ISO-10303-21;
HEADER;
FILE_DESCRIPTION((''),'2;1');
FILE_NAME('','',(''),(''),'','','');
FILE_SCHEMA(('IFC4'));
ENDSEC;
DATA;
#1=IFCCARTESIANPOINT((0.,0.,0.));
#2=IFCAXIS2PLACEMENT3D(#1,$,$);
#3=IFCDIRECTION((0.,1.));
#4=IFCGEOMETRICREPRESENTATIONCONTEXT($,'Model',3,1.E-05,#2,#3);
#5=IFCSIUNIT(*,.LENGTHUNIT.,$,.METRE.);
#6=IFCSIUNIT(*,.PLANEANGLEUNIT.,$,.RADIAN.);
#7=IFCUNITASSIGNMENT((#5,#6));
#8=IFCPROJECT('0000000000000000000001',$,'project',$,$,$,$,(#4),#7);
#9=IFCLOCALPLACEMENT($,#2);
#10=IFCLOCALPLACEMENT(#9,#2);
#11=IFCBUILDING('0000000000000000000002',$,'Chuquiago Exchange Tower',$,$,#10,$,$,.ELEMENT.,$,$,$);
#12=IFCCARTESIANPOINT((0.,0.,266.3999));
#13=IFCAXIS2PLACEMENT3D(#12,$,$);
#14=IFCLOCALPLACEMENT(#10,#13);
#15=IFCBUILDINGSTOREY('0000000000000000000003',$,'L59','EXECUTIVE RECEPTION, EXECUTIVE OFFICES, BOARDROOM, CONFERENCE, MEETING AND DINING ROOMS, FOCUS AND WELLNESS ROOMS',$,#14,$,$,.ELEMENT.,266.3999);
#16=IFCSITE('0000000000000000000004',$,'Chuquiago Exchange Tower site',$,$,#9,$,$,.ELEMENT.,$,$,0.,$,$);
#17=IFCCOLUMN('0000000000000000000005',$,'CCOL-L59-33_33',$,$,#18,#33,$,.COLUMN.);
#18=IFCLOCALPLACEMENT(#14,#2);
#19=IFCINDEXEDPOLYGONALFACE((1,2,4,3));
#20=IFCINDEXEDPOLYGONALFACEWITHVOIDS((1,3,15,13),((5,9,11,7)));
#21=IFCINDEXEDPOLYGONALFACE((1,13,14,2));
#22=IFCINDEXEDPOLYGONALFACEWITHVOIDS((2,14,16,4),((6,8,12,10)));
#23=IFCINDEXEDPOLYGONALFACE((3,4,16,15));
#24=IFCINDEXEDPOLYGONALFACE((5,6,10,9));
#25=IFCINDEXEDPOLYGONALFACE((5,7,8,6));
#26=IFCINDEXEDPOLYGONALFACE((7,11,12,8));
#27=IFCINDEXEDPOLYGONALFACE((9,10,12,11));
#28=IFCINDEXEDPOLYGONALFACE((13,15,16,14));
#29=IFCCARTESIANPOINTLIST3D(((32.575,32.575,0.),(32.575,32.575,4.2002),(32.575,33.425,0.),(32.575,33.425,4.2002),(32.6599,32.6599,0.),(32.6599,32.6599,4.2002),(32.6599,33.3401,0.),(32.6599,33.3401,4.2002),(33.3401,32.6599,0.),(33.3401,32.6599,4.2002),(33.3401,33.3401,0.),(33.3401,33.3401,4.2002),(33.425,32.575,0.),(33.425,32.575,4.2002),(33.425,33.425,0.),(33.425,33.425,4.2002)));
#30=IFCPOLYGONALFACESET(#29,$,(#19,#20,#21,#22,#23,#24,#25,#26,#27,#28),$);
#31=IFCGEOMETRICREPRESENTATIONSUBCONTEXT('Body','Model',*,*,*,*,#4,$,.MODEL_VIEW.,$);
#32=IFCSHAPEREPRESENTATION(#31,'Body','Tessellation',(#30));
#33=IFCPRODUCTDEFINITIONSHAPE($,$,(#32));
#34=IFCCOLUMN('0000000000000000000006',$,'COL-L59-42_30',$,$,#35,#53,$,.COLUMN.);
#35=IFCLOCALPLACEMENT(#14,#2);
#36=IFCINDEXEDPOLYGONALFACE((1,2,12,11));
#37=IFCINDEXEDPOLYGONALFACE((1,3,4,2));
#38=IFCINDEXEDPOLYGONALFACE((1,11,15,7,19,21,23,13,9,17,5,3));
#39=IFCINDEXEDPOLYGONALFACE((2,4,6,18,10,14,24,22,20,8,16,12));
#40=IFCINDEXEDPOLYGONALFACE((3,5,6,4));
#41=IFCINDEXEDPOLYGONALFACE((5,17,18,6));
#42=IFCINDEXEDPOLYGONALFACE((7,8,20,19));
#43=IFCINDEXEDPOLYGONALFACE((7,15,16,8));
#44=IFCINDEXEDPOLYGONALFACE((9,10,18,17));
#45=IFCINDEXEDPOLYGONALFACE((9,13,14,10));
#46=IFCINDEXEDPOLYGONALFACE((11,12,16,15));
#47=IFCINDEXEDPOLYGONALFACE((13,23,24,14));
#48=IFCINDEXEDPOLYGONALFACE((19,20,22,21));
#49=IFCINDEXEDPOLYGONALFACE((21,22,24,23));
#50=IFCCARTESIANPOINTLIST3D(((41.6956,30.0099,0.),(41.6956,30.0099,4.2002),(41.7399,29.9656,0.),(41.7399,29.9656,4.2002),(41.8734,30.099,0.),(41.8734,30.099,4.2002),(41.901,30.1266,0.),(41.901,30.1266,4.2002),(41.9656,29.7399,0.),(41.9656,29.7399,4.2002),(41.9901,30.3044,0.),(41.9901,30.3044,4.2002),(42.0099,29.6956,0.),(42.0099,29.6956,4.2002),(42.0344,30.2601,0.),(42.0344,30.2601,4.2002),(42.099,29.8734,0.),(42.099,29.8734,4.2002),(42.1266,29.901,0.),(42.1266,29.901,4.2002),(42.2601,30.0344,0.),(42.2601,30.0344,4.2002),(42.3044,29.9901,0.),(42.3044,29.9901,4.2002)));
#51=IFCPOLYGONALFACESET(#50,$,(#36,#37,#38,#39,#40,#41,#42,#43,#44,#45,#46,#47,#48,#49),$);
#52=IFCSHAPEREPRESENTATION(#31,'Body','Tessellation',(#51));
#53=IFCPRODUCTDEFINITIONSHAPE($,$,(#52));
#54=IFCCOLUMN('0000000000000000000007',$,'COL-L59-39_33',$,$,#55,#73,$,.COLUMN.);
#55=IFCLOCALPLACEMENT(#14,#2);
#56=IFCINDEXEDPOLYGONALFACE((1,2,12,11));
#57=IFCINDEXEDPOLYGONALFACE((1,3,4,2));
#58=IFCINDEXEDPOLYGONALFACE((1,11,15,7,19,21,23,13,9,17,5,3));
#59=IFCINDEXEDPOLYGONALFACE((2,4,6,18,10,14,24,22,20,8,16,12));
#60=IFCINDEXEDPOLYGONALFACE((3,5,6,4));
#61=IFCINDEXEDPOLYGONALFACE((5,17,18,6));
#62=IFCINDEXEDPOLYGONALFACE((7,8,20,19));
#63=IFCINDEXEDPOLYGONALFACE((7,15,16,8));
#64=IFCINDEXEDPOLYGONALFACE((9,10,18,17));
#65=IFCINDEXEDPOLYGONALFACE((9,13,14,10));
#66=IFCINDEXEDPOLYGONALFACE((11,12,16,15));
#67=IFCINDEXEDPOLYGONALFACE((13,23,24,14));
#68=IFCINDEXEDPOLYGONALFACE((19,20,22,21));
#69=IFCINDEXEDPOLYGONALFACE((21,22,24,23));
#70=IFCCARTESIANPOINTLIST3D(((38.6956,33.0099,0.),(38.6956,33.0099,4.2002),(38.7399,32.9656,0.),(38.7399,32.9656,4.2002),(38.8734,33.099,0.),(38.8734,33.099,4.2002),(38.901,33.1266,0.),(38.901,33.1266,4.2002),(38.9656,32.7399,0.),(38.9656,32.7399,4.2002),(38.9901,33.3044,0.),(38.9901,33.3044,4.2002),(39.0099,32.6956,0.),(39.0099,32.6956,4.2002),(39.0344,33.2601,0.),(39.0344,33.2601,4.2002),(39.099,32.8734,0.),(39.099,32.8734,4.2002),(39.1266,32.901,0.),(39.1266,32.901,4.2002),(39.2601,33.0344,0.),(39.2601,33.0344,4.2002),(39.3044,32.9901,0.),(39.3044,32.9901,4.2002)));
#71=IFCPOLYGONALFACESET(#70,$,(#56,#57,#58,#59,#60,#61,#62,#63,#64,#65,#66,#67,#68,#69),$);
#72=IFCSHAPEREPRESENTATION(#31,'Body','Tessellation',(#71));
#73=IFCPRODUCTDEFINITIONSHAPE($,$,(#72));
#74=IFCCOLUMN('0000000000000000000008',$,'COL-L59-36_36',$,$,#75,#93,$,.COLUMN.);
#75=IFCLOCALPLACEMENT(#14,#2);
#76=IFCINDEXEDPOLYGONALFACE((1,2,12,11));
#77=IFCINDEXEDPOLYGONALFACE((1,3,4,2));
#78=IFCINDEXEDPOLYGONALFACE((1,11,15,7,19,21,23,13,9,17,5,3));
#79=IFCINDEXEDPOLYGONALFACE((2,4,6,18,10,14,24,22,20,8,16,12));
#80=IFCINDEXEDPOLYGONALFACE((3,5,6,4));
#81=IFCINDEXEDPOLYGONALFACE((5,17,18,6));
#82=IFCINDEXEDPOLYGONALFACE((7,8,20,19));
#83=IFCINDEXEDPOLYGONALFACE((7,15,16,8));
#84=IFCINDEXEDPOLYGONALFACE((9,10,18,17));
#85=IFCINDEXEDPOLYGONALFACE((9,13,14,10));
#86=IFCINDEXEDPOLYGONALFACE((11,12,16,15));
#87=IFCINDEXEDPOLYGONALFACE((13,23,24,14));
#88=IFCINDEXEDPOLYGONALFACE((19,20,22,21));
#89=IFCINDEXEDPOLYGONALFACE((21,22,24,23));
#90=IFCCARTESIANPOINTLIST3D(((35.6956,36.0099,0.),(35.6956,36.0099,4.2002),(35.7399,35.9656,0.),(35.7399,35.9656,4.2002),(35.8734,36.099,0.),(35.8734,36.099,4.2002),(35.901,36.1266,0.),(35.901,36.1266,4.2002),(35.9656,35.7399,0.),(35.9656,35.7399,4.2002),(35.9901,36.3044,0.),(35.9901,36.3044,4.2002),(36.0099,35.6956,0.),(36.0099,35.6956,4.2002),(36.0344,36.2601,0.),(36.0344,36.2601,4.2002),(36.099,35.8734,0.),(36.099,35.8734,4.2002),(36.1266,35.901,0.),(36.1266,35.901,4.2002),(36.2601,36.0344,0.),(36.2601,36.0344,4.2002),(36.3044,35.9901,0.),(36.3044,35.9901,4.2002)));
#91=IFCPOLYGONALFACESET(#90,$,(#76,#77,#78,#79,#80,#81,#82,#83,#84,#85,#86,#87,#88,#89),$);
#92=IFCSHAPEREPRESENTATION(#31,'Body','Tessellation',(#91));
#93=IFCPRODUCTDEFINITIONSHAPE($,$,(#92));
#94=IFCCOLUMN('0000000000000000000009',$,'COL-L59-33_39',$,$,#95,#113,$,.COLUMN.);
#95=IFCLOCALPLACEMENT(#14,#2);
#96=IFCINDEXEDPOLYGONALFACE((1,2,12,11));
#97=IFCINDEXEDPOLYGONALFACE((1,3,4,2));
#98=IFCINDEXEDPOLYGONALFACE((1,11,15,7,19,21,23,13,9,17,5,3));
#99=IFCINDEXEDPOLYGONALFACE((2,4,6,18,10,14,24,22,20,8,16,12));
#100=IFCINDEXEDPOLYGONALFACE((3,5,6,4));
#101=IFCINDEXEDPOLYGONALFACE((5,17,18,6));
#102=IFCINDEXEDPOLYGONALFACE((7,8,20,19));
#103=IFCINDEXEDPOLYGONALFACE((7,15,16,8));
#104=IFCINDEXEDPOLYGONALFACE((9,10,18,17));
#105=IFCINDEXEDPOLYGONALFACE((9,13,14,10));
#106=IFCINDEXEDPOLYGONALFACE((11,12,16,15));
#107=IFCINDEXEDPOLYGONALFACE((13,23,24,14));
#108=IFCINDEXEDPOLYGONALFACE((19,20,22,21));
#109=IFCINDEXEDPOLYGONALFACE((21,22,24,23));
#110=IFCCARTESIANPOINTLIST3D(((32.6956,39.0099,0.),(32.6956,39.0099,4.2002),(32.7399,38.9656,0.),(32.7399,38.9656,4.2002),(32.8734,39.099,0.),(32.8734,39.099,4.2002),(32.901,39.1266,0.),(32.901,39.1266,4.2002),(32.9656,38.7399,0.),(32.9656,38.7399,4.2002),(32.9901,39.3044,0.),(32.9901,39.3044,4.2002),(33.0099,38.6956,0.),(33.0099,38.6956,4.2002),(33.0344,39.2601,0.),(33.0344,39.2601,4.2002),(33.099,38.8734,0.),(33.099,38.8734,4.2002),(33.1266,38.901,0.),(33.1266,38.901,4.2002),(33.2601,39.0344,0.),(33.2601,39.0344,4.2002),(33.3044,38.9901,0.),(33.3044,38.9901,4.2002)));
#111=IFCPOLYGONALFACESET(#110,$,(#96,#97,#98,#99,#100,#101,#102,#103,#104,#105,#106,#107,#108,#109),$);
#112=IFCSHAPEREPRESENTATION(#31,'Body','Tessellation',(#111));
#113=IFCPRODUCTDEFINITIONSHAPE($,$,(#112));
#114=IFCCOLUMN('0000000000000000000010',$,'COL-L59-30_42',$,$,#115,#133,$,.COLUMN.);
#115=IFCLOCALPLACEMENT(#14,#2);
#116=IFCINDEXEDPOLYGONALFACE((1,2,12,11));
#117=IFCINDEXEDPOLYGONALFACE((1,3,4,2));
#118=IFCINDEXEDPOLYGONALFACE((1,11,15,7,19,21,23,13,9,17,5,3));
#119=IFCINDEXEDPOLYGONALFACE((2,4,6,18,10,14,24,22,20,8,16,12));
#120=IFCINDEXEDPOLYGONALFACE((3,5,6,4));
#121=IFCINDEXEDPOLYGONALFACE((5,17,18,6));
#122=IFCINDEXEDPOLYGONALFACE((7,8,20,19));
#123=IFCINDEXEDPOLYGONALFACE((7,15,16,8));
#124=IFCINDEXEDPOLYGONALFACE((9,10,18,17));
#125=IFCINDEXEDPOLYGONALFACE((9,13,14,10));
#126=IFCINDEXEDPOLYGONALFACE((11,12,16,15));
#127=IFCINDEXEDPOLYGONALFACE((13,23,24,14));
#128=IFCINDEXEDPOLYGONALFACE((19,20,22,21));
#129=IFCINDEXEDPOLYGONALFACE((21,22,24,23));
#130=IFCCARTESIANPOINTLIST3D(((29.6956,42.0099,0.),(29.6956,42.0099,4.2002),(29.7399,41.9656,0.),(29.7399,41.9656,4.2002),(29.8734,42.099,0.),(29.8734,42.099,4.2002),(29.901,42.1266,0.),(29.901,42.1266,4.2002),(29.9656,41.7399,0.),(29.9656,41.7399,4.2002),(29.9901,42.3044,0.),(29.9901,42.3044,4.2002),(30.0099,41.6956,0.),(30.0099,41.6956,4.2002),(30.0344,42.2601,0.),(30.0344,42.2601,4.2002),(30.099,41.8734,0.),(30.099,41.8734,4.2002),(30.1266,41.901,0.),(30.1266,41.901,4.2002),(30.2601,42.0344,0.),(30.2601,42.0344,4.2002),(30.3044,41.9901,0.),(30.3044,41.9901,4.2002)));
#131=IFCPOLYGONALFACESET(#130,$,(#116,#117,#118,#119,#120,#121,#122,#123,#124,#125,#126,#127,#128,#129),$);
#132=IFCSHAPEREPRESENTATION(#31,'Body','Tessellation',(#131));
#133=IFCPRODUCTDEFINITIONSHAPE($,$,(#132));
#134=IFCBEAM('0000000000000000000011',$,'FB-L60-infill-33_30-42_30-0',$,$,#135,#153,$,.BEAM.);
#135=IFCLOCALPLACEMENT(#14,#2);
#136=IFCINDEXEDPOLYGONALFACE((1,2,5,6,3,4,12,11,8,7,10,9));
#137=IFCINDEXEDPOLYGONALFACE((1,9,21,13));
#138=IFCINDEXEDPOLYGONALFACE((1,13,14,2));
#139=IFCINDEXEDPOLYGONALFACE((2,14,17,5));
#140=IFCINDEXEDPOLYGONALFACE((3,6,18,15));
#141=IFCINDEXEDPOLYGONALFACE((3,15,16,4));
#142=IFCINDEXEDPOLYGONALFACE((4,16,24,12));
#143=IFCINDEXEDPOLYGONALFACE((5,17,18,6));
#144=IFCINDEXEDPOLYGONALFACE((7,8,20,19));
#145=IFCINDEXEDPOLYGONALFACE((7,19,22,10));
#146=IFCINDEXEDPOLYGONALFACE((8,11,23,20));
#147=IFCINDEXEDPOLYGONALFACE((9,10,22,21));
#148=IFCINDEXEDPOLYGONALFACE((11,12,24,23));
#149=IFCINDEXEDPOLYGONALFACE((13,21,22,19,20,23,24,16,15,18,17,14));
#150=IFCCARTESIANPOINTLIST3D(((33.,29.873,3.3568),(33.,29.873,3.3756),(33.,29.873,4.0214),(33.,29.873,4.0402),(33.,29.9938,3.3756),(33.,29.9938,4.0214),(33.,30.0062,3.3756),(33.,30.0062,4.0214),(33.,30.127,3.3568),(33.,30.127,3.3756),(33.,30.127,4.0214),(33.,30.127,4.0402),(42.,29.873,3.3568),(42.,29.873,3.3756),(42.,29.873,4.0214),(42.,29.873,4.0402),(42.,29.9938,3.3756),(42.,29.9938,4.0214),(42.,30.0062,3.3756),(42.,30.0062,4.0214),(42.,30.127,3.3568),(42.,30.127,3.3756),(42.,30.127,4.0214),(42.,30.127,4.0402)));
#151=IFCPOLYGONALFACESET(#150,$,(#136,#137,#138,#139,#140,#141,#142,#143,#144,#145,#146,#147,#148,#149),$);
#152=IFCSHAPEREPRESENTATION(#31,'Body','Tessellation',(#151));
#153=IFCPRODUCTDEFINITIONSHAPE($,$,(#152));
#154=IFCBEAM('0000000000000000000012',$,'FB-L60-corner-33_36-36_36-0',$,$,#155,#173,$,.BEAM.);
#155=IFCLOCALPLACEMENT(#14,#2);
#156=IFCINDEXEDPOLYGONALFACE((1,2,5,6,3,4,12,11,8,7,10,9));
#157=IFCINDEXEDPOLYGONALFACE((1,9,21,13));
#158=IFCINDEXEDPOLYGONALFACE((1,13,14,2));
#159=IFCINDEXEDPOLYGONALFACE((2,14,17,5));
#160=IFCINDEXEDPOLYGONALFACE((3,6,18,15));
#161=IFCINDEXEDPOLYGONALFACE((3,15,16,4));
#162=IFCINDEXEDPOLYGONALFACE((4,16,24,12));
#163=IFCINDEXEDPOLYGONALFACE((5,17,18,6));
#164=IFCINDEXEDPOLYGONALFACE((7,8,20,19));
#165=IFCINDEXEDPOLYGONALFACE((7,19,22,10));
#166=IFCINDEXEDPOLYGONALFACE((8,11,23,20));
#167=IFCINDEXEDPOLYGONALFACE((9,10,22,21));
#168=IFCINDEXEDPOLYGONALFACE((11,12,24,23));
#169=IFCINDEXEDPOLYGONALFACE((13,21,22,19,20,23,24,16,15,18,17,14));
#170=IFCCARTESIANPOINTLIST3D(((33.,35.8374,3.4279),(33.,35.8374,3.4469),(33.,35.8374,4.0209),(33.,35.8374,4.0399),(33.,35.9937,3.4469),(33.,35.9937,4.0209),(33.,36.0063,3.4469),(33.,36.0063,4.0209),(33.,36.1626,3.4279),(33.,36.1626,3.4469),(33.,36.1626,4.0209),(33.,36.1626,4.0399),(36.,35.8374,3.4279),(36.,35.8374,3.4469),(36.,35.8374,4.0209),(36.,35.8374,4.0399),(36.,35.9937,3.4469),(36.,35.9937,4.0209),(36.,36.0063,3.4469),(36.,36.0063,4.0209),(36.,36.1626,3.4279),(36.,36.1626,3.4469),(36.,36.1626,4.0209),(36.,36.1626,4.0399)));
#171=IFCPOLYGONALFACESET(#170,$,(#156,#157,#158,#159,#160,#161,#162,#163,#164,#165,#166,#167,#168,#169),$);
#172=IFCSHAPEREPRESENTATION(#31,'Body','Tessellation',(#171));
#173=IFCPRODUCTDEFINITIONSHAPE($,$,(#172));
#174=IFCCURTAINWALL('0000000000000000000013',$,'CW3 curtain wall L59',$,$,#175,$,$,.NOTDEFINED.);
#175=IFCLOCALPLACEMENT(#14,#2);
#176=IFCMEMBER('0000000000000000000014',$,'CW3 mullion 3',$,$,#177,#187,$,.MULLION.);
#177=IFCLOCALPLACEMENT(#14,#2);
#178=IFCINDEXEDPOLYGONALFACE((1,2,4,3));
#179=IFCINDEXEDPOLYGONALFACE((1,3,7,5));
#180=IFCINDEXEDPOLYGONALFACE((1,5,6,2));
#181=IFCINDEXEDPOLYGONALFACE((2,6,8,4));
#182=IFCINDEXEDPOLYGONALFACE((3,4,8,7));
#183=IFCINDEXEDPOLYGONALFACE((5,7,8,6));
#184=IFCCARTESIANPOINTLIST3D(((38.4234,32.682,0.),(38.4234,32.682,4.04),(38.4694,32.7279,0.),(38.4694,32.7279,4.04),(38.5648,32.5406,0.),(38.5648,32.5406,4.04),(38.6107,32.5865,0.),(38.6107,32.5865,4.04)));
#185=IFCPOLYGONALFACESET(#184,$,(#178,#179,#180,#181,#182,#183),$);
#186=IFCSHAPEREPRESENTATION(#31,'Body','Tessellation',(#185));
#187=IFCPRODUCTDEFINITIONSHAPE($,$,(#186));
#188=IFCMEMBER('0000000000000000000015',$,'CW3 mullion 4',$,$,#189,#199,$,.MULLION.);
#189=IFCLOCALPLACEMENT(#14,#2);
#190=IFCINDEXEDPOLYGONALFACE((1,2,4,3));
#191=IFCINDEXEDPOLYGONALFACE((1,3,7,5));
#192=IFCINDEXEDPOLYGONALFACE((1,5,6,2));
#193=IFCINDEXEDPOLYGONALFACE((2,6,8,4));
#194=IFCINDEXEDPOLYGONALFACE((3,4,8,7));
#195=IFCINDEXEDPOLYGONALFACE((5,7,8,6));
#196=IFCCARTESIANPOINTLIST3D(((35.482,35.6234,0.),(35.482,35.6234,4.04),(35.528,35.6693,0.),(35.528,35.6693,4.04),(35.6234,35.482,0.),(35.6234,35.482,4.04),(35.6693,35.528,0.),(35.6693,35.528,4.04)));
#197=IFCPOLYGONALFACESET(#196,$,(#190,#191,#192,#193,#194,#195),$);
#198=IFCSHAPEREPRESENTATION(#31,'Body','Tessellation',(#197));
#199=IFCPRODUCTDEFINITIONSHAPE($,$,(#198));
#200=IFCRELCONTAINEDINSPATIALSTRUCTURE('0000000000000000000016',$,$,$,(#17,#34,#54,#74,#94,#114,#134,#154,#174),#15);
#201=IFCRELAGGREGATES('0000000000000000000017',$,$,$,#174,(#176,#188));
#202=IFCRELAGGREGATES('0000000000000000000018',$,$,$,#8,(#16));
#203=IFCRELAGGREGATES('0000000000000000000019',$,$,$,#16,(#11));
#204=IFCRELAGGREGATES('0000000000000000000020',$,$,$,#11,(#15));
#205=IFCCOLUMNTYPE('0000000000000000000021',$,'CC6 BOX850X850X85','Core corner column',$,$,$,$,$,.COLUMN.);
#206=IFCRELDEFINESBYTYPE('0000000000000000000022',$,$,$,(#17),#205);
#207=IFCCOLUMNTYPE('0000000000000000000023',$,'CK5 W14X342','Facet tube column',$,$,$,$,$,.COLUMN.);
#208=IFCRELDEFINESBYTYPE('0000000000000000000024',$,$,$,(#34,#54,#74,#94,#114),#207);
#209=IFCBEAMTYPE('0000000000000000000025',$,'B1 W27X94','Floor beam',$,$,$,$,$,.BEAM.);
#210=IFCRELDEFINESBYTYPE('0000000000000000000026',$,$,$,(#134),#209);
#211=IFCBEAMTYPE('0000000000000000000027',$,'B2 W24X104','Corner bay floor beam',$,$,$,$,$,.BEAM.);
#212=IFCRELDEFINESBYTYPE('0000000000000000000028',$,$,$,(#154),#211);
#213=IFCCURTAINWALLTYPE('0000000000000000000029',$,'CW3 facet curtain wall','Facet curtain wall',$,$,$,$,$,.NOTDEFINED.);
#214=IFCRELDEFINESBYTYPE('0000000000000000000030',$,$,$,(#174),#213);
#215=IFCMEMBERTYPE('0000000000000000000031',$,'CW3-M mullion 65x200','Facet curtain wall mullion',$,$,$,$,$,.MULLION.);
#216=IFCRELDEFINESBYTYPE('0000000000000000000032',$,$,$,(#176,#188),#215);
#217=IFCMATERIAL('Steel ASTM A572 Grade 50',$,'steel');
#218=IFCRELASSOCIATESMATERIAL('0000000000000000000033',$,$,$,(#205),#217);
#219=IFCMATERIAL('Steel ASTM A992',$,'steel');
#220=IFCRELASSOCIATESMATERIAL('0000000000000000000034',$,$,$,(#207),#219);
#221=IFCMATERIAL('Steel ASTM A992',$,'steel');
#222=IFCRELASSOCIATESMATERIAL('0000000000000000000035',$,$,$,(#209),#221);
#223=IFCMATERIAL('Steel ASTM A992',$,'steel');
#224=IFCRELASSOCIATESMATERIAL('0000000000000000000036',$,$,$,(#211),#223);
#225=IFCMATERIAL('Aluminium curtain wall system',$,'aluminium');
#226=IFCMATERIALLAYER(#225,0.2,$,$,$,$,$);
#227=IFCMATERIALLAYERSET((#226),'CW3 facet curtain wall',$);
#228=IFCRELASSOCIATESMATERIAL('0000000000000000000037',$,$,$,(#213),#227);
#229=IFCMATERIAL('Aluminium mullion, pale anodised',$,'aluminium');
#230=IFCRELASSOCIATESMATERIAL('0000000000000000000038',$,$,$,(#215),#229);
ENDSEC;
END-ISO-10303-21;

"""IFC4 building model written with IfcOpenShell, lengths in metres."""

from ifc_helpers import new_model, si_unit, direction, frame, origin, origin_2d, place, context, subcontext, project, spatial, rectangle, hollow_rectangle, i_section, extrude, material, layer, layer_set, material_profile, profile_set, type_object, element, aggregate, save


model = new_model("IFC4")

# Units and contexts
model_context = context("Model", 3, precision=1e-05, world=origin(), true_north=direction((0.0, 1.0)))
body_context = subcontext(model_context, "Body", "Model", "MODEL_VIEW")
ifc_project = project(units=[si_unit("LENGTHUNIT", "METRE"), si_unit("PLANEANGLEUNIT", "RADIAN")], contexts=[model_context])

# Site, building, storey
site_placement = place(None, origin())
site = spatial("IfcSite", under=ifc_project, at=site_placement, Name="Chuquiago Exchange Tower site", CompositionType="ELEMENT", RefElevation=0.0)
building_placement = place(site_placement, origin())
building = spatial("IfcBuilding", under=site, at=building_placement, Name="Chuquiago Exchange Tower", CompositionType="ELEMENT")
storey_placement = place(building_placement, frame((0.0, 0.0, 266.3999)))
storey = spatial("IfcBuildingStorey", under=building, at=storey_placement, Name="L59", Description="EXECUTIVE RECEPTION, EXECUTIVE OFFICES, BOARDROOM, CONFERENCE, MEETING AND DINING ROOMS, FOCUS AND WELLNESS ROOMS", CompositionType="ELEMENT", Elevation=266.3999)

# Columns
ifc_material_1 = material(Name="Steel ASTM A572 Grade 50", Category="steel")
ifc_material_profile_1 = material_profile(ifc_material_1, hollow_rectangle(XDim=0.8501, YDim=0.8501, WallThickness=0.085, at=origin_2d()), Name="BOX850X850X85")
ifc_profile_set_1 = profile_set([ifc_material_profile_1], Name="Steel ASTM A572 Grade 50")
column_type_1 = type_object("IfcColumnType", Name="CC6 BOX850X850X85", Description="Core corner column", PredefinedType="COLUMN", material=ifc_profile_set_1)
column_placement = place(storey_placement, frame((33.0, 33.0, 0.0), z_axis=(0.0, 0.0, 1.0), x_axis=(1.0, 0.0, 0.0)))
element("IfcColumn", 1, at=column_placement, inside=storey, type_object=column_type_1, Name="CCOL-L59-33_33", PredefinedType="COLUMN", context=body_context, shape_type="SweptSolid", body=[
    extrude(hollow_rectangle(XDim=0.8501, YDim=0.8501, WallThickness=0.085, at=origin_2d()), origin(), (0.0, 0.0, 1.0), 4.2002),
])
ifc_material_2 = material(Name="Steel ASTM A992", Category="steel")
ifc_material_profile_2 = material_profile(ifc_material_2, i_section(OverallWidth=0.4165, OverallDepth=0.4446, WebThickness=0.0391, FlangeThickness=0.0627, at=origin_2d()), Name="W14X342")
ifc_profile_set_2 = profile_set([ifc_material_profile_2], Name="Steel ASTM A992")
column_type_2 = type_object("IfcColumnType", Name="CK5 W14X342", Description="Facet tube column", PredefinedType="COLUMN", material=ifc_profile_set_2)
for number, where, z_axis, x_axis, name in (
    (2, (42.0, 30.0, 0.0), (0.0, 0.0, 1.0), (0.707107, 0.707107, 0.0), "COL-L59-42_30"),
    (3, (39.0, 33.0, 0.0), (0.0, 0.0, 1.0), (0.707107, 0.707107, 0.0), "COL-L59-39_33"),
    (4, (36.0, 36.0, 0.0), (0.0, 0.0, 1.0), (0.707107, 0.707107, 0.0), "COL-L59-36_36"),
    (5, (33.0, 39.0, 0.0), (0.0, 0.0, 1.0), (0.707107, 0.707107, 0.0), "COL-L59-33_39"),
    (6, (30.0, 42.0, 0.0), (0.0, 0.0, 1.0), (0.707107, 0.707107, 0.0), "COL-L59-30_42"),
):
    element("IfcColumn", number, at=place(storey_placement, frame(where, z_axis=z_axis, x_axis=x_axis)), inside=storey, type_object=column_type_2, Name=name, PredefinedType="COLUMN", context=body_context, shape_type="SweptSolid", body=[
        extrude(i_section(OverallWidth=0.4165, OverallDepth=0.4446, WebThickness=0.0391, FlangeThickness=0.0627, at=origin_2d()), origin(), (0.0, 0.0, 1.0), 4.2002),
    ])

# Beams
ifc_material_3 = material(Name="Steel ASTM A992", Category="steel")
ifc_material_profile_3 = material_profile(ifc_material_3, i_section(OverallWidth=0.2539, OverallDepth=0.6833, WebThickness=0.0125, FlangeThickness=0.0188, at=origin_2d()), Name="W27X94")
ifc_profile_set_3 = profile_set([ifc_material_profile_3], Name="Steel ASTM A992")
beam_type_1 = type_object("IfcBeamType", Name="B1 W27X94", Description="Floor beam", PredefinedType="BEAM", material=ifc_profile_set_3)
beam_1_placement = place(storey_placement, frame((33.0, 30.0, 3.6985), z_axis=(1.0, 0.0, 0.0), x_axis=(0.0, 1.0, 0.0)))
element("IfcBeam", 7, at=beam_1_placement, inside=storey, type_object=beam_type_1, Name="FB-L60-infill-33_30-42_30-0", PredefinedType="BEAM", context=body_context, shape_type="SweptSolid", body=[
    extrude(i_section(OverallWidth=0.2539, OverallDepth=0.6833, WebThickness=0.0125, FlangeThickness=0.0188, at=origin_2d()), origin(), (0.0, 0.0, 1.0), 9.0),
])
ifc_material_4 = material(Name="Steel ASTM A992", Category="steel")
ifc_material_profile_4 = material_profile(ifc_material_4, i_section(OverallWidth=0.3252, OverallDepth=0.6121, WebThickness=0.0127, FlangeThickness=0.019, at=origin_2d()), Name="W24X104")
ifc_profile_set_4 = profile_set([ifc_material_profile_4], Name="Steel ASTM A992")
beam_type_2 = type_object("IfcBeamType", Name="B2 W24X104", Description="Corner bay floor beam", PredefinedType="BEAM", material=ifc_profile_set_4)
beam_2_placement = place(storey_placement, frame((33.0, 36.0, 3.7339), z_axis=(1.0, 0.0, 0.0), x_axis=(0.0, 1.0, 0.0)))
element("IfcBeam", 8, at=beam_2_placement, inside=storey, type_object=beam_type_2, Name="FB-L60-corner-33_36-36_36-0", PredefinedType="BEAM", context=body_context, shape_type="SweptSolid", body=[
    extrude(i_section(OverallWidth=0.3252, OverallDepth=0.6121, WebThickness=0.0127, FlangeThickness=0.019, at=origin_2d()), origin(), (0.0, 0.0, 1.0), 3.0),
])

# Curtain wall, members
ifc_material_5 = material(Name="Aluminium curtain wall system", Category="aluminium")
ifc_layer_1 = layer(ifc_material_5, 0.2)
ifc_layer_set_1 = layer_set([ifc_layer_1], Name="CW3 facet curtain wall")
curtain_wall_type = type_object("IfcCurtainWallType", Name="CW3 facet curtain wall", Description="Facet curtain wall", PredefinedType="NOTDEFINED", material=ifc_layer_set_1)
curtain_wall_placement = place(storey_placement, origin())
curtain_wall = element("IfcCurtainWall", 9, at=curtain_wall_placement, inside=storey, type_object=curtain_wall_type, Name="CW3 curtain wall L59", PredefinedType="NOTDEFINED")
ifc_material_6 = material(Name="Aluminium mullion, pale anodised", Category="aluminium")
ifc_material_profile_5 = material_profile(ifc_material_6, rectangle(XDim=0.0649, YDim=0.2, at=origin_2d()), Name="AL 65x200")
ifc_profile_set_5 = profile_set([ifc_material_profile_5], Name="Aluminium mullion, pale anodised")
member_type_1 = type_object("IfcMemberType", Name="CW3-M mullion 65x200", Description="Facet curtain wall mullion", PredefinedType="MULLION", material=ifc_profile_set_5)
member_1_placement = place(storey_placement, frame((38.5171, 32.6343, 0.0), z_axis=(0.0, 0.0, 1.0), x_axis=(-0.707107, -0.707107, 0.0)))
member_1 = element("IfcMember", 10, at=member_1_placement, type_object=member_type_1, Name="CW3 mullion 3", PredefinedType="MULLION", context=body_context, shape_type="SweptSolid", body=[
    extrude(rectangle(XDim=0.0649, YDim=0.2, at=origin_2d()), origin(), (0.0, 0.0, 1.0), 4.04),
])
member_2_placement = place(storey_placement, frame((35.5757, 35.5757, 0.0), z_axis=(0.0, 0.0, 1.0), x_axis=(-0.707107, -0.707107, 0.0)))
member_2 = element("IfcMember", 11, at=member_2_placement, type_object=member_type_1, Name="CW3 mullion 4", PredefinedType="MULLION", context=body_context, shape_type="SweptSolid", body=[
    extrude(rectangle(XDim=0.0649, YDim=0.2, at=origin_2d()), origin(), (0.0, 0.0, 1.0), 4.04),
])

aggregate(curtain_wall, [member_1, member_2])

save(model, "model.ifc")
